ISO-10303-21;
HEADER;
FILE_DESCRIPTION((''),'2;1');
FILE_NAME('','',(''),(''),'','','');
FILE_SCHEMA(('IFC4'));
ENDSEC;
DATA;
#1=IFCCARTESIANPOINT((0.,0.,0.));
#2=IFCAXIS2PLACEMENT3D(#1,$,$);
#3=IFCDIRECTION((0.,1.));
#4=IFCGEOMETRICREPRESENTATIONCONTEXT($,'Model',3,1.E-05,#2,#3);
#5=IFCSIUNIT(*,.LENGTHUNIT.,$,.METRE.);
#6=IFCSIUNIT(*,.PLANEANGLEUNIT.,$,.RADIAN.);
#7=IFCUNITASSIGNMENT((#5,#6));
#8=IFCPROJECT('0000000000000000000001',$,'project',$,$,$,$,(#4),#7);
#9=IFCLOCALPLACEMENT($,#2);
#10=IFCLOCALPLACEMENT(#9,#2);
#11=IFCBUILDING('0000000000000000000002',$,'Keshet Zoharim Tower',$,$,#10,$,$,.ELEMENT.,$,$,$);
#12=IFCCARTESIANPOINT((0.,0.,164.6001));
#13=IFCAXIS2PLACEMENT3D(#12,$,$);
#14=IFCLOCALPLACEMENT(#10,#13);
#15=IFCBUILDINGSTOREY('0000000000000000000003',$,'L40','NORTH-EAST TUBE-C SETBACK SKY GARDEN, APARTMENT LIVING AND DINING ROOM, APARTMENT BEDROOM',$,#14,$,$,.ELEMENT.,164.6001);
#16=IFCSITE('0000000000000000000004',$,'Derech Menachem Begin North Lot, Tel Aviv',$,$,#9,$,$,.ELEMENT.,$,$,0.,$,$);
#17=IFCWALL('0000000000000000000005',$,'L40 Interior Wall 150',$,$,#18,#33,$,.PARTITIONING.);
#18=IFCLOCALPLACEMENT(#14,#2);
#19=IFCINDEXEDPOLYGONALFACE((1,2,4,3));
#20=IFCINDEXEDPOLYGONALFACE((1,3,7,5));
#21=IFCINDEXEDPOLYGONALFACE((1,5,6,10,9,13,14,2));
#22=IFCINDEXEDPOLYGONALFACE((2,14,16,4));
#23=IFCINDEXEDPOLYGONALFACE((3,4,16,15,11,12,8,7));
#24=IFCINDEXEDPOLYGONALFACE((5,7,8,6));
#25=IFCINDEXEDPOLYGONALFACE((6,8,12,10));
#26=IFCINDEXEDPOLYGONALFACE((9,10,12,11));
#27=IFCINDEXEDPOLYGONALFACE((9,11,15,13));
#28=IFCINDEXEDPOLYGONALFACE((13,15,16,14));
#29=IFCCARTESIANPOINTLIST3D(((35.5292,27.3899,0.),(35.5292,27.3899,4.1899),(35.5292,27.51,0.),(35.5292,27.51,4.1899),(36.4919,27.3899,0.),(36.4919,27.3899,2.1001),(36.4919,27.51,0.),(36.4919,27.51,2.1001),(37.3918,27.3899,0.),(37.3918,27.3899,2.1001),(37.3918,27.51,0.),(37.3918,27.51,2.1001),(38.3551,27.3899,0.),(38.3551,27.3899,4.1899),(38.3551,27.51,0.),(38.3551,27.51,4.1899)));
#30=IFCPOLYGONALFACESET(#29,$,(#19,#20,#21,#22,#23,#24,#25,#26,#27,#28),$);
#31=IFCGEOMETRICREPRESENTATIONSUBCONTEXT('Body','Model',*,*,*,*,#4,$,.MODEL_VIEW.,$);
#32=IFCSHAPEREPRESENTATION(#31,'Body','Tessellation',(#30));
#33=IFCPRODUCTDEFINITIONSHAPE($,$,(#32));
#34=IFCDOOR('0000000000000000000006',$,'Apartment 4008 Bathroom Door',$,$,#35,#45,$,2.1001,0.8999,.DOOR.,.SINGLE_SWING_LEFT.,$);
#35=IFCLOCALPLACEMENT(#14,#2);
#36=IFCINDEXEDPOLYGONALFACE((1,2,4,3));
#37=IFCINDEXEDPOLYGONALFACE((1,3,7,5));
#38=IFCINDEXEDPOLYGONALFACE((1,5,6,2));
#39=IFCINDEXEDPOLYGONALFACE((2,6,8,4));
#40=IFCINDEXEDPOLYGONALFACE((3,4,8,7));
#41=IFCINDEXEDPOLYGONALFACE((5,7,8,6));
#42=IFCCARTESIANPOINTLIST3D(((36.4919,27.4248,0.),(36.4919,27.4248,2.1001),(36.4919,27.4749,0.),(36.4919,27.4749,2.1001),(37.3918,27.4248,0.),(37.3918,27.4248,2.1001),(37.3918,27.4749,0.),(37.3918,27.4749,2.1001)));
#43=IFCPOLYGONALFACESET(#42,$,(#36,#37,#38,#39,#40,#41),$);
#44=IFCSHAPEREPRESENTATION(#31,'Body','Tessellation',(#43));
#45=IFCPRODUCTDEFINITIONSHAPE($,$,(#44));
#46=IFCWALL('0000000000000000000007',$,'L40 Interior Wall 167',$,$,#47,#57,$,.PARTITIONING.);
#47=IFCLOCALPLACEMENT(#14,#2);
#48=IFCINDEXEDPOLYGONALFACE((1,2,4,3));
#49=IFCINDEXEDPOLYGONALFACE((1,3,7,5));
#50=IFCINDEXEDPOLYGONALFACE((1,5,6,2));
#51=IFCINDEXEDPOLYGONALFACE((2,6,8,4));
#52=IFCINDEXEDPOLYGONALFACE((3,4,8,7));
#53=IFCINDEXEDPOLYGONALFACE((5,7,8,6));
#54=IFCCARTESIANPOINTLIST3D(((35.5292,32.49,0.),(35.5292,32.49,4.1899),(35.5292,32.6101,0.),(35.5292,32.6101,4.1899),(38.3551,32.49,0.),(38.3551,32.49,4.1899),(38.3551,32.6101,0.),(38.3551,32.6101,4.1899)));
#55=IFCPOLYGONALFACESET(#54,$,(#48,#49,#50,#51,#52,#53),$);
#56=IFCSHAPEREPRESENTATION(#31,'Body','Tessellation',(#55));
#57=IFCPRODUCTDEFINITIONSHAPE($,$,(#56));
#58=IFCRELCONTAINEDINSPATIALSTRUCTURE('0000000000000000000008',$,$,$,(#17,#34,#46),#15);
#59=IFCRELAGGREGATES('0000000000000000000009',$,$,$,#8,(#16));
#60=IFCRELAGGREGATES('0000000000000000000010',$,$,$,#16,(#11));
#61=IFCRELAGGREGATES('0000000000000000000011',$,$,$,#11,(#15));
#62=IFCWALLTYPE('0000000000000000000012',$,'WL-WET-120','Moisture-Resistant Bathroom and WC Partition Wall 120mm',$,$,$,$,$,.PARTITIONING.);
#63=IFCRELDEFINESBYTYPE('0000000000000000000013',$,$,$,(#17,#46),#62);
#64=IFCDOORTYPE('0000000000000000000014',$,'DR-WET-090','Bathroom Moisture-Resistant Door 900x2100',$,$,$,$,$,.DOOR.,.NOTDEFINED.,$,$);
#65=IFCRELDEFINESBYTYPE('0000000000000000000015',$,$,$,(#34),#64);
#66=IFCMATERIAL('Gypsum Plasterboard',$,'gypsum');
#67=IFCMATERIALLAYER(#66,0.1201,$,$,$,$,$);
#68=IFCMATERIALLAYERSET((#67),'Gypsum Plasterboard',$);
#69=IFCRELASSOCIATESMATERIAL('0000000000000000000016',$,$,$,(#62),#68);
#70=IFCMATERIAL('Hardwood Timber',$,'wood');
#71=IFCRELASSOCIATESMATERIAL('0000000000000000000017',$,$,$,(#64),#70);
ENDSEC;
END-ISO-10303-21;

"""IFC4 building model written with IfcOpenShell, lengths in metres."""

from ifc_helpers import new_model, si_unit, direction, frame, frame_2d, origin, place, context, subcontext, project, spatial, rectangle, extrude, material, layer, layer_set, type_object, element, fill, save


model = new_model("IFC4")

# Units and contexts
model_context = context("Model", 3, precision=1e-05, world=origin(), true_north=direction((0.0, 1.0)))
body_context = subcontext(model_context, "Body", "Model", "MODEL_VIEW")
ifc_project = project(units=[si_unit("LENGTHUNIT", "METRE"), si_unit("PLANEANGLEUNIT", "RADIAN")], contexts=[model_context])

# Site, building, storey
site_placement = place(None, origin())
site = spatial("IfcSite", under=ifc_project, at=site_placement, Name="Derech Menachem Begin North Lot, Tel Aviv", CompositionType="ELEMENT", RefElevation=0.0)
building_placement = place(site_placement, origin())
building = spatial("IfcBuilding", under=site, at=building_placement, Name="Keshet Zoharim Tower", CompositionType="ELEMENT")
storey_placement = place(building_placement, frame((0.0, 0.0, 164.6001)))
storey = spatial("IfcBuildingStorey", under=building, at=storey_placement, Name="L40", Description="NORTH-EAST TUBE-C SETBACK SKY GARDEN, APARTMENT LIVING AND DINING ROOM, APARTMENT BEDROOM", CompositionType="ELEMENT", Elevation=164.6001)

# Shared definitions
ifc_material_1 = material(Name="Gypsum Plasterboard", Category="gypsum")
ifc_material_2 = material(Name="Hardwood Timber", Category="wood")

# Shared definitions
ifc_layer_1 = layer(ifc_material_1, 0.1201)
ifc_layer_set_1 = layer_set([ifc_layer_1], Name="Gypsum Plasterboard")
wall_type_1 = type_object("IfcWallType", Name="WL-WET-120", Description="Moisture-Resistant Bathroom and WC Partition Wall 120mm", PredefinedType="PARTITIONING", material=ifc_layer_set_1)

# Wall, opening, door
wall_1_placement = place(storey_placement, frame((35.5291, 27.45, 0.0), z_axis=(0.0, 0.0, 1.0), x_axis=(1.0, 0.0, 0.0)))
wall_1 = element("IfcWall", 1, at=wall_1_placement, inside=storey, type_object=wall_type_1, Name="L40 Interior Wall 150", PredefinedType="PARTITIONING", context=body_context, shape_type="SweptSolid", body=[
    extrude(rectangle(XDim=2.8259, YDim=0.1201, at=frame_2d((1.4131, 0.0))), origin(), (0.0, 0.0, 1.0), 4.1899),
])
opening_1_placement = place(wall_1_placement, frame((0.9629, 0.0, 0.0)))
opening_1 = element("IfcOpeningElement", 2, at=opening_1_placement, cuts=wall_1, PredefinedType="OPENING", context=body_context, shape_type="SweptSolid", body=[
    extrude(rectangle(XDim=0.8999, YDim=2.1001, at=frame_2d((0.45, 1.05))), frame((0.0, 0.0701, 0.0), z_axis=(0.0, -1.0, 0.0), x_axis=(1.0, 0.0, 0.0)), (0.0, 0.0, 1.0), 0.1401),
])
door_type_1 = type_object("IfcDoorType", Name="DR-WET-090", Description="Bathroom Moisture-Resistant Door 900x2100", OperationType="NOTDEFINED", PredefinedType="DOOR", material=ifc_material_2)
door_1_placement = place(opening_1_placement, origin())
door_1 = element("IfcDoor", 3, at=door_1_placement, inside=storey, type_object=door_type_1, Name="Apartment 4008 Bathroom Door", OperationType="SINGLE_SWING_LEFT", OverallHeight=2.1001, OverallWidth=0.8999, PredefinedType="DOOR", context=body_context, shape_type="SweptSolid", body=[
    extrude(rectangle(XDim=0.8999, YDim=2.1001, at=frame_2d((0.45, 1.05))), frame((0.0, 0.0249, 0.0), z_axis=(0.0, -1.0, 0.0), x_axis=(1.0, 0.0, 0.0)), (0.0, 0.0, 1.0), 0.05),
])
fill(opening_1, door_1)

# Wall
wall_2_placement = place(storey_placement, frame((35.5291, 32.55, 0.0), z_axis=(0.0, 0.0, 1.0), x_axis=(1.0, 0.0, 0.0)))
element("IfcWall", 4, at=wall_2_placement, inside=storey, type_object=wall_type_1, Name="L40 Interior Wall 167", PredefinedType="PARTITIONING", context=body_context, shape_type="SweptSolid", body=[
    extrude(rectangle(XDim=2.8259, YDim=0.1201, at=frame_2d((1.4131, 0.0))), origin(), (0.0, 0.0, 1.0), 4.1899),
])

save(model, "model.ifc")
